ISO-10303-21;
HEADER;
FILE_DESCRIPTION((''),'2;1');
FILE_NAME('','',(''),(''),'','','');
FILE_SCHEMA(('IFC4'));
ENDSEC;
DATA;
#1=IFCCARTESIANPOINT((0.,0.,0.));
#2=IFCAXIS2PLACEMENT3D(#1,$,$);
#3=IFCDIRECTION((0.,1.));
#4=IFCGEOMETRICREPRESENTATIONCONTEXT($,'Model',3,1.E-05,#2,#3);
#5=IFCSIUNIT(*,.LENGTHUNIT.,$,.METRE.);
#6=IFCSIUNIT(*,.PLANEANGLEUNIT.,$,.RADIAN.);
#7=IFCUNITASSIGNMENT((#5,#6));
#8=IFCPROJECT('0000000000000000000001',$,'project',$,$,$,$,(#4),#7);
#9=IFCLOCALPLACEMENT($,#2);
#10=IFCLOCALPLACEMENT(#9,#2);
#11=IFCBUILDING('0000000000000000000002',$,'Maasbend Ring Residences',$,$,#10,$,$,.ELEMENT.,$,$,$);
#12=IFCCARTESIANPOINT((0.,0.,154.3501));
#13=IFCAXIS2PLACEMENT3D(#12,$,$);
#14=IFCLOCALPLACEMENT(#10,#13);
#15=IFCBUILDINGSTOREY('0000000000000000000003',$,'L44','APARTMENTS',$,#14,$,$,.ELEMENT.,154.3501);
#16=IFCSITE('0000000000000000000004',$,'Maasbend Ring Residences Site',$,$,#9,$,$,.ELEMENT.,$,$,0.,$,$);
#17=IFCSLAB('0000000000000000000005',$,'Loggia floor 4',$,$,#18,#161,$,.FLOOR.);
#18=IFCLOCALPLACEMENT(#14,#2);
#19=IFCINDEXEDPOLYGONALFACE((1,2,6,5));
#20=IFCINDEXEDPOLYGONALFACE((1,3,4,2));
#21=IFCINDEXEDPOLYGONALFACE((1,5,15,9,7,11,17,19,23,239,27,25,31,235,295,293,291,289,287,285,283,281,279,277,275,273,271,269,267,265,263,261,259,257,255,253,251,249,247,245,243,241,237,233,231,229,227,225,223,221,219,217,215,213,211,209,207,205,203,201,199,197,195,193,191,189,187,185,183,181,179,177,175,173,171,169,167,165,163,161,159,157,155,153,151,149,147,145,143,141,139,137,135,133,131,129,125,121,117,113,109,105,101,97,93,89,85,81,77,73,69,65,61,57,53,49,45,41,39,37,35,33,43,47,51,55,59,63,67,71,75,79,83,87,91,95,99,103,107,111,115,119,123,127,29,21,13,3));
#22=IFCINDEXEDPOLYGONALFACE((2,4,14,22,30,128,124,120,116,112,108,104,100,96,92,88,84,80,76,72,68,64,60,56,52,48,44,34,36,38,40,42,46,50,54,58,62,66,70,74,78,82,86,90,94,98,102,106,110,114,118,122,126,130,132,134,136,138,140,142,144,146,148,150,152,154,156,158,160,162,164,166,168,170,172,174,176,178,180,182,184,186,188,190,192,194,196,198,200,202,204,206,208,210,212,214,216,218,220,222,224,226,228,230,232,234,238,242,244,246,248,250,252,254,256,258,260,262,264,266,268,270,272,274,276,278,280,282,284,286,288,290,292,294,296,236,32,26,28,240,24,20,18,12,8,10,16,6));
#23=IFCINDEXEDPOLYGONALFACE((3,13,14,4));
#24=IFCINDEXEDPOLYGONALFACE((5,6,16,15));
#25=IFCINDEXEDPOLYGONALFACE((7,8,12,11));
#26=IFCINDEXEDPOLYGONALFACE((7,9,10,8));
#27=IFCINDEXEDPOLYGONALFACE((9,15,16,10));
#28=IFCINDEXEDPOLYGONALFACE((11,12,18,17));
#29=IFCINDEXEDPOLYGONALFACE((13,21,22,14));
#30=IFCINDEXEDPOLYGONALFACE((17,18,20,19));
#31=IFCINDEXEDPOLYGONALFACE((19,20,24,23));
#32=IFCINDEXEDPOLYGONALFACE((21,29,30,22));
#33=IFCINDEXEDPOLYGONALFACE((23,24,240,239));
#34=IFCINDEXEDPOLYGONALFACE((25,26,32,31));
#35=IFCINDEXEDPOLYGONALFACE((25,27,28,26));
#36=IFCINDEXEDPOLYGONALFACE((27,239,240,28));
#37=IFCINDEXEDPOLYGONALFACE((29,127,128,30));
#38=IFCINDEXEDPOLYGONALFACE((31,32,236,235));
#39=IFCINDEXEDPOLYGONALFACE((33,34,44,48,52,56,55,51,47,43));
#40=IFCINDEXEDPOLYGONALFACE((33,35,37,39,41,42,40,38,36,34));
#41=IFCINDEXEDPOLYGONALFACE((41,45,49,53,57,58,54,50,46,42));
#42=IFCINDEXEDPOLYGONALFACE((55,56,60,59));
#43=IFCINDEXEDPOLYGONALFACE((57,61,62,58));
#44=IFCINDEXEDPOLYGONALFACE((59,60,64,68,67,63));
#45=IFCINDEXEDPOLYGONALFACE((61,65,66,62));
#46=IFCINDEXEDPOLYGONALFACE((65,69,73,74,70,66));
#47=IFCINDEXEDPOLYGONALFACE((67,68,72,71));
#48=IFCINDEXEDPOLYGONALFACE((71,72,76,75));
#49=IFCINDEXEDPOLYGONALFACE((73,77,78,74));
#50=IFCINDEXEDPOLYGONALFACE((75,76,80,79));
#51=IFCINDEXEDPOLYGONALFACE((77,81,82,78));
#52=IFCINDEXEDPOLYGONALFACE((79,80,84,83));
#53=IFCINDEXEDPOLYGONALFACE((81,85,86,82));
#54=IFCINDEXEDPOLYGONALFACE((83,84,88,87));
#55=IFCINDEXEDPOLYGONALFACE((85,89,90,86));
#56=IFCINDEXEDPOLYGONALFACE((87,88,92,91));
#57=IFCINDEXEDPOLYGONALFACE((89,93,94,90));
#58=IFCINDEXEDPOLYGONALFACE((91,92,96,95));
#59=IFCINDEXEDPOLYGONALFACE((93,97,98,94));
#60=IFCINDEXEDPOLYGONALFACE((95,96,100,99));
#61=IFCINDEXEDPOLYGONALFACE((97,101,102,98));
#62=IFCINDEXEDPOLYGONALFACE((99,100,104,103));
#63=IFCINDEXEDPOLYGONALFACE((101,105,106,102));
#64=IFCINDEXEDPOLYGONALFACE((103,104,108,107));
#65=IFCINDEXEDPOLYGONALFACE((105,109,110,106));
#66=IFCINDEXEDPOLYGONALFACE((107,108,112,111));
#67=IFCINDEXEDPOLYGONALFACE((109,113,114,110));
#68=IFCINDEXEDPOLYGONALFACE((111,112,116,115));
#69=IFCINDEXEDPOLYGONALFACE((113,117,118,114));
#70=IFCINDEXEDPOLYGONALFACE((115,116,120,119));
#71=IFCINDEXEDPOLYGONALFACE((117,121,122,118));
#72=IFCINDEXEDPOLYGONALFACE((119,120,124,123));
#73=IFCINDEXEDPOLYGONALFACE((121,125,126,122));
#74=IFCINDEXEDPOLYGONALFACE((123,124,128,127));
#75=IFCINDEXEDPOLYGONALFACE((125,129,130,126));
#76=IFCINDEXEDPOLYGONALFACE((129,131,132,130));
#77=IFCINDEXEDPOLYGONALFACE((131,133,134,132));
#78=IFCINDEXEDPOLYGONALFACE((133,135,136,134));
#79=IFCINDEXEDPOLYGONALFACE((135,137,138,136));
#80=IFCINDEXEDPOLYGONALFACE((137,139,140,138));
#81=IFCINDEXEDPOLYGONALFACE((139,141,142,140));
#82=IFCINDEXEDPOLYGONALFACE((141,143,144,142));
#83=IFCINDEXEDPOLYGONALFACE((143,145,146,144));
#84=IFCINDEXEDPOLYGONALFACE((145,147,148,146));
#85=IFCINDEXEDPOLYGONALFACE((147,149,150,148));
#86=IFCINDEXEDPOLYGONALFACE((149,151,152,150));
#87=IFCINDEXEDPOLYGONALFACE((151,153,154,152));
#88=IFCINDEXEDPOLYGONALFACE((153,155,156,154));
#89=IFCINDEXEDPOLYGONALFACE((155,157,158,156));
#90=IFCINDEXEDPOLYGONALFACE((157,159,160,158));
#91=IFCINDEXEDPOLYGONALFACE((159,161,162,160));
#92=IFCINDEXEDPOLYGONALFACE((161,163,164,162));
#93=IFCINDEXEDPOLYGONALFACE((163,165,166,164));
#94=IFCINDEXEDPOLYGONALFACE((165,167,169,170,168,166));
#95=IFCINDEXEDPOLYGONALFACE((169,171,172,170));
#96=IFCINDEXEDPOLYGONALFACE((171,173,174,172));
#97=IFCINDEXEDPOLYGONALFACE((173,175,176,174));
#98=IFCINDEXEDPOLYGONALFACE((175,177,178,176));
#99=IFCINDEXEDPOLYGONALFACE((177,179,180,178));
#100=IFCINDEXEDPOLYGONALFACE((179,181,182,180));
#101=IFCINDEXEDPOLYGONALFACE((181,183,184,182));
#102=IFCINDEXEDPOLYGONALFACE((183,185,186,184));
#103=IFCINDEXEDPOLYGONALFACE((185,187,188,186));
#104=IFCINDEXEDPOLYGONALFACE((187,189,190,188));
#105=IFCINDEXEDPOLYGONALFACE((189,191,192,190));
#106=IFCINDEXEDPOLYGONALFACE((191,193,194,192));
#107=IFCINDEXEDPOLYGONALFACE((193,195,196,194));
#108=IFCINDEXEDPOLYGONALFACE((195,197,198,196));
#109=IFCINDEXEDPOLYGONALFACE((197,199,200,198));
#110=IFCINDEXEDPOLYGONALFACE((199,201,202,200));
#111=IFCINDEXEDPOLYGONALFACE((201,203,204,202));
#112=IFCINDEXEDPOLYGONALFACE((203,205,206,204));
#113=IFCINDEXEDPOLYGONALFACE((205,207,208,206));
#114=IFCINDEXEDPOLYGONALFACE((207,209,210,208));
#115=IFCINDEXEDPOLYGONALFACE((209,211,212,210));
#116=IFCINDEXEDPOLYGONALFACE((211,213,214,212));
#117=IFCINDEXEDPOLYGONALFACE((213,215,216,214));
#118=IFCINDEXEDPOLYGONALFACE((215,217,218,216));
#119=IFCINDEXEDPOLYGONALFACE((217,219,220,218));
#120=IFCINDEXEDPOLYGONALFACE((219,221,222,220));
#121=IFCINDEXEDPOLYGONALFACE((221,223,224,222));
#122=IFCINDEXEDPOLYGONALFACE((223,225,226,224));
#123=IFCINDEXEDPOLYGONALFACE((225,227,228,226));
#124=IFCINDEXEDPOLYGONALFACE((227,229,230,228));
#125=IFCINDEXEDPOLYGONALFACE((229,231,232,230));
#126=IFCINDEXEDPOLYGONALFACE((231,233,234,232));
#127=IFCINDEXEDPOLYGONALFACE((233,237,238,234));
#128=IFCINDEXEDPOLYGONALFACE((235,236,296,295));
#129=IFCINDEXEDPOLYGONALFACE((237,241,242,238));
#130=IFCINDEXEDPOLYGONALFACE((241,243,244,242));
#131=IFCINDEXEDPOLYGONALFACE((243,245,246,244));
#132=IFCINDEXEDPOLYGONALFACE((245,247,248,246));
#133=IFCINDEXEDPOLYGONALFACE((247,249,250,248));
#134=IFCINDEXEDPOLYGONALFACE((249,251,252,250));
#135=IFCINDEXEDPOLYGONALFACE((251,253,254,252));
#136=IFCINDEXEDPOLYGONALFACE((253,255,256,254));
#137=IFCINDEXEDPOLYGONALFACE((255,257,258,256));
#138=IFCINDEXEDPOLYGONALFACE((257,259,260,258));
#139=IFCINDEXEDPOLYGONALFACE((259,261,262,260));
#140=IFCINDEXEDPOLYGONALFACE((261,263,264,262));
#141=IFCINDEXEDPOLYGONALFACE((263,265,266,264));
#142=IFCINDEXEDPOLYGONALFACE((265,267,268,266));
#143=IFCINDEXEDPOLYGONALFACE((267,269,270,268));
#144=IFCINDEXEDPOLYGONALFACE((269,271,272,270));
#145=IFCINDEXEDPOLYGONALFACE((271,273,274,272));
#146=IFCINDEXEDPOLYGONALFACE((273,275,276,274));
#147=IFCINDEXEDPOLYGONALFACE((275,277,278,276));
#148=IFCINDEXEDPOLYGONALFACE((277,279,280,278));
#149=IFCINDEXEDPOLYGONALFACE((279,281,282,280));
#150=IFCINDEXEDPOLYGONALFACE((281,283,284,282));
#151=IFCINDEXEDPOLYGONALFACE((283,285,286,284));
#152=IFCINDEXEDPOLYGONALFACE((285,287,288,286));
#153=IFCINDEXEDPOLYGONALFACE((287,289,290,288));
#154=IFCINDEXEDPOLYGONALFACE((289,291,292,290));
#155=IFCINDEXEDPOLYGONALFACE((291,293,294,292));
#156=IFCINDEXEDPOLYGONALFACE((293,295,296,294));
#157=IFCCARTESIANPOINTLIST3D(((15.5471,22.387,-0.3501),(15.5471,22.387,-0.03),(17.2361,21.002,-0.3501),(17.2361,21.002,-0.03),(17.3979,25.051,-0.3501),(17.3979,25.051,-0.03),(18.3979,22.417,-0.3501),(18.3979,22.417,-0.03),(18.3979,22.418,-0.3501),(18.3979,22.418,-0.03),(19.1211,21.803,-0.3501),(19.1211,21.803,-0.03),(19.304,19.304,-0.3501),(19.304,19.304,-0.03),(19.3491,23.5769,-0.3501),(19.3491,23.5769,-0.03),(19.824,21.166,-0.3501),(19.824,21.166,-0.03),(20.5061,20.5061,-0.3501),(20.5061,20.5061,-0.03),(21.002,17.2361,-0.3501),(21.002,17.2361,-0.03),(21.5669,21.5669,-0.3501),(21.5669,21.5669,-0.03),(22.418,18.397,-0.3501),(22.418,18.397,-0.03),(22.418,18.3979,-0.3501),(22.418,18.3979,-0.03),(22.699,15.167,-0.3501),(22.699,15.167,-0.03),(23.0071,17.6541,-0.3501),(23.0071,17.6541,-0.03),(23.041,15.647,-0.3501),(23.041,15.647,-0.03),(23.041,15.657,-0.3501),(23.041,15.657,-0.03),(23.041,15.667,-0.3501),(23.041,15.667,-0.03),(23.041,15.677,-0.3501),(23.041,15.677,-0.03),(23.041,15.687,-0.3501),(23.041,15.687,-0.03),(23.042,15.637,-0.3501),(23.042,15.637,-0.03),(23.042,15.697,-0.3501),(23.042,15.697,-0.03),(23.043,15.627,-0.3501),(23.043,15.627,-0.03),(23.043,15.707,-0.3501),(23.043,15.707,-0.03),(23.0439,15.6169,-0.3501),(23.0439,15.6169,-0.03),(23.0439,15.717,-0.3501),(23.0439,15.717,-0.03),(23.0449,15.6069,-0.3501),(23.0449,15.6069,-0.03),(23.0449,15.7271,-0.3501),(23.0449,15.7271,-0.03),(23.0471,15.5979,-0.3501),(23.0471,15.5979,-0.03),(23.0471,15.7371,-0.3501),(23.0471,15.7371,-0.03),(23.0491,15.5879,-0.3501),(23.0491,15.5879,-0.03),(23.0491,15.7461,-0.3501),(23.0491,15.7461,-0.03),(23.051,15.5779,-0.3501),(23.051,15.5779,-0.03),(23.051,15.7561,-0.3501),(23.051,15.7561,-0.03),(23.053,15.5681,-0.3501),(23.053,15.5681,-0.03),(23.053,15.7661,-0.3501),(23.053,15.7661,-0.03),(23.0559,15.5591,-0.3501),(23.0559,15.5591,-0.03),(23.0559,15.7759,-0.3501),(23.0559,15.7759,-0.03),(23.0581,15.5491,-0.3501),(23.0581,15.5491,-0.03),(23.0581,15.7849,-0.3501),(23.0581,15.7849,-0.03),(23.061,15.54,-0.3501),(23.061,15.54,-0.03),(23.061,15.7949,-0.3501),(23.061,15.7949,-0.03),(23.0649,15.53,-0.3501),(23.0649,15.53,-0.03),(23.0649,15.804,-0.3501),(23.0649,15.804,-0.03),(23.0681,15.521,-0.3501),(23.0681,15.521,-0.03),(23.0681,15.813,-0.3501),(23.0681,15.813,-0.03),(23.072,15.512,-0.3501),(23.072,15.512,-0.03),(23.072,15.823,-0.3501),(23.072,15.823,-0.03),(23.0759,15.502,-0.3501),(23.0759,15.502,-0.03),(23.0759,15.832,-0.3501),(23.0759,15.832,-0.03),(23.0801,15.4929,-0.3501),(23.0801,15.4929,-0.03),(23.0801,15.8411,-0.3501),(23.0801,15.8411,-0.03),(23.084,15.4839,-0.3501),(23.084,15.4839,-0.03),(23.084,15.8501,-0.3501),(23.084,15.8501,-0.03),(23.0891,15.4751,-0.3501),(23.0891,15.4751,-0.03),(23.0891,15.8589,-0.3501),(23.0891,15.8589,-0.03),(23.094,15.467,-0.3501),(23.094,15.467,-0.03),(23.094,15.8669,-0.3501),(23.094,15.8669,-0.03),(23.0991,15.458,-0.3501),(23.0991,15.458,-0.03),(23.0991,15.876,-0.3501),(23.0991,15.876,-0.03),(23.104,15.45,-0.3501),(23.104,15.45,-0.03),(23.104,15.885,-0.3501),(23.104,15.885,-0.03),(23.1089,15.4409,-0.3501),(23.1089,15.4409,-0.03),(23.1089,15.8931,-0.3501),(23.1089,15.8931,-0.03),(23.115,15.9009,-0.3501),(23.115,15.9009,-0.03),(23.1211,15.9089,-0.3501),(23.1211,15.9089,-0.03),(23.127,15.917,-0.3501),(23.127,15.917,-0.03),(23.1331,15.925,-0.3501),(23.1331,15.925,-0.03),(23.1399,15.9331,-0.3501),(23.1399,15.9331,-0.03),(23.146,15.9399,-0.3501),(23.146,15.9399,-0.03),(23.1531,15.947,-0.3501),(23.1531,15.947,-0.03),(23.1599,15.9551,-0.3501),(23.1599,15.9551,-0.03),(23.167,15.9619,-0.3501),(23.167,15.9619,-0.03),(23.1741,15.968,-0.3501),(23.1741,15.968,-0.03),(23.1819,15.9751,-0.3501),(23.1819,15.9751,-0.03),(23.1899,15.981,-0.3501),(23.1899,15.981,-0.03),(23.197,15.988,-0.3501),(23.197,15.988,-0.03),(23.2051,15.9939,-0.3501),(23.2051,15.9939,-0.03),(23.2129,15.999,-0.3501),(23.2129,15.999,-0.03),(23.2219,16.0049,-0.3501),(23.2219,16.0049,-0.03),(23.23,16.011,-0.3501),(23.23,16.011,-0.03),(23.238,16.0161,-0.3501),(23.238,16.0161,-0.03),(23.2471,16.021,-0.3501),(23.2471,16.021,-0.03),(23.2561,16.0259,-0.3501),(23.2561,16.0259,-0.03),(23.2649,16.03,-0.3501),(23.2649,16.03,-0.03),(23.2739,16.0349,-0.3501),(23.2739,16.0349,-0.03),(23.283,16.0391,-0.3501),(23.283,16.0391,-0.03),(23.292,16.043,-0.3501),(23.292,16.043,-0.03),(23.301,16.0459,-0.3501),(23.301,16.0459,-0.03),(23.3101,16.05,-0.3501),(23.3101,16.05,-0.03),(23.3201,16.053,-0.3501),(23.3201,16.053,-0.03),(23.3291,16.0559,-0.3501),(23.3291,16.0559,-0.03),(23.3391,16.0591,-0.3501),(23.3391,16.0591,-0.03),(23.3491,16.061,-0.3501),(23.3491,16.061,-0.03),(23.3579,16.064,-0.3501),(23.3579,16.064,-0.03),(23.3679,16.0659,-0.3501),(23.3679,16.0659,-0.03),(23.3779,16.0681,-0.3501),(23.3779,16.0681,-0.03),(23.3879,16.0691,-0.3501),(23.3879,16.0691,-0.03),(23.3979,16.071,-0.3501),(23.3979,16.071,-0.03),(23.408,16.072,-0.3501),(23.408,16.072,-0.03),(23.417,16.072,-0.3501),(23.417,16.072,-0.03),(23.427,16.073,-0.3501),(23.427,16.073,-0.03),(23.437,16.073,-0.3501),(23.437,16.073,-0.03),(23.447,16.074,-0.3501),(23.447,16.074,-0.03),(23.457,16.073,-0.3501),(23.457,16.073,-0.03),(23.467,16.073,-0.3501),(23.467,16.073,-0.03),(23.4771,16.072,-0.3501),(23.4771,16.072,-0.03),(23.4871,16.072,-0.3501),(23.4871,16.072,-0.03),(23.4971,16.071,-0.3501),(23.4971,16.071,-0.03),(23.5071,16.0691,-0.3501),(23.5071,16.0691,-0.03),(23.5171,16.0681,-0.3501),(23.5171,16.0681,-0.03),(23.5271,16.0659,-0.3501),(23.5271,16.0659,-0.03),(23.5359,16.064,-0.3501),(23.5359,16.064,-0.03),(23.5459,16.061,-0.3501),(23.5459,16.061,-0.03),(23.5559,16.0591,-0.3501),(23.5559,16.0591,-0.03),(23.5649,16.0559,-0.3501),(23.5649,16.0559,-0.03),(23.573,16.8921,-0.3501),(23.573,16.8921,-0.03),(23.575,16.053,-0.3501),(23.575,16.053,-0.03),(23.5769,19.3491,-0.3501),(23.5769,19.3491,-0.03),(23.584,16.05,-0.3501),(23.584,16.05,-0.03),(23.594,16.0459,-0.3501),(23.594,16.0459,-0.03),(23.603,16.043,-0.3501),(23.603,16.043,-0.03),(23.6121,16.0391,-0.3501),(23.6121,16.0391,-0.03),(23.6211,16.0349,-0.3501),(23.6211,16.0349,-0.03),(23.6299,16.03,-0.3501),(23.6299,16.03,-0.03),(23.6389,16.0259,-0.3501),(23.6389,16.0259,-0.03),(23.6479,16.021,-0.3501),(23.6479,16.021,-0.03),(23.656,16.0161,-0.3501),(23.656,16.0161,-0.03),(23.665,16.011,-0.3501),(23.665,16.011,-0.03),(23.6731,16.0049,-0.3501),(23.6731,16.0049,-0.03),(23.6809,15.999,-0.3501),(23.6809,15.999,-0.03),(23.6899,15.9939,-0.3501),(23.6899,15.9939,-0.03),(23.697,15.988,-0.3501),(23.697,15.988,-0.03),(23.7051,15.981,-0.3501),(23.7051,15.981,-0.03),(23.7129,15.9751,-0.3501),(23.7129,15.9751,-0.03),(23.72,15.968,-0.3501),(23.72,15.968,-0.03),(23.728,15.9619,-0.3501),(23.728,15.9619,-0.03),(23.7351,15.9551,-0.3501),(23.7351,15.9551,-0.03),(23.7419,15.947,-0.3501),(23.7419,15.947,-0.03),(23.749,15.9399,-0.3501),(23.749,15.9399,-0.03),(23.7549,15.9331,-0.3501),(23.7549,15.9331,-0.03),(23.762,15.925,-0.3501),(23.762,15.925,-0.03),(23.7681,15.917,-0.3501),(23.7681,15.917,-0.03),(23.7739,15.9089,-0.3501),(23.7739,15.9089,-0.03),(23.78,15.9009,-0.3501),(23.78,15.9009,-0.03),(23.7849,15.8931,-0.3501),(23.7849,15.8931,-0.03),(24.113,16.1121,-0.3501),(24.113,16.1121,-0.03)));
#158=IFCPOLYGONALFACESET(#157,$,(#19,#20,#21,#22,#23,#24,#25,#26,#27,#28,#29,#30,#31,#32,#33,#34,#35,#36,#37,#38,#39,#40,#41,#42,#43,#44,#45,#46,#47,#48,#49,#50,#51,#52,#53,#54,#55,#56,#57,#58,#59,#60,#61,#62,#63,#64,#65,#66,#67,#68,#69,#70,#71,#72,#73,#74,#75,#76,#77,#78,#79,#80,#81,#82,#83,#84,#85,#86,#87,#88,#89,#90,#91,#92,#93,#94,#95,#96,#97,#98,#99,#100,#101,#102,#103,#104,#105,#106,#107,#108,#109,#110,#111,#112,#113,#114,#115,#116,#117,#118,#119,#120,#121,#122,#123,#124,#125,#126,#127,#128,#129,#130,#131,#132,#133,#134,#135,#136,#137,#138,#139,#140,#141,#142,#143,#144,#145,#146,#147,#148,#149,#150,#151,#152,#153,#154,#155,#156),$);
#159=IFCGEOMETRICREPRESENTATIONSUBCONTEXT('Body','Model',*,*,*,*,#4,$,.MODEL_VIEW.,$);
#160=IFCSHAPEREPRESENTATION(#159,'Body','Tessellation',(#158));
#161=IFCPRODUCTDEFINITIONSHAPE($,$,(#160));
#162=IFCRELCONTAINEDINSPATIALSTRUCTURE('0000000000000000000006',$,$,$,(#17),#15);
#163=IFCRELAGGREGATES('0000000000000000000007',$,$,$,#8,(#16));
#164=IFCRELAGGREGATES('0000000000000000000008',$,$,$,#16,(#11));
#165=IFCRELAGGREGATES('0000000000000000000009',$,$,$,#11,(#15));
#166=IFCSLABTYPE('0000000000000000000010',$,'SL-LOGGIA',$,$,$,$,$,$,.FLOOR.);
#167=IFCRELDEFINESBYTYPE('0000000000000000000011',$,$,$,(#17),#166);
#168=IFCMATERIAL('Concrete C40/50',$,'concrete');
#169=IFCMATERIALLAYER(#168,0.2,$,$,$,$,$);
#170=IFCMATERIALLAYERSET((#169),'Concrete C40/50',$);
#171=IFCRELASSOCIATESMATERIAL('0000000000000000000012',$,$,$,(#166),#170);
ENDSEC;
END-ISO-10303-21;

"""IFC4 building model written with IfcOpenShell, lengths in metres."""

from ifc_helpers import new_model, si_unit, direction, frame, origin, place, context, subcontext, project, spatial, polyline, outline, extrude, material, layer, layer_set, type_object, element, save


model = new_model("IFC4")

# Units and contexts
model_context = context("Model", 3, precision=1e-05, world=origin(), true_north=direction((0.0, 1.0)))
body_context = subcontext(model_context, "Body", "Model", "MODEL_VIEW")
ifc_project = project(units=[si_unit("LENGTHUNIT", "METRE"), si_unit("PLANEANGLEUNIT", "RADIAN")], contexts=[model_context])

# Site, building, storey
site_placement = place(None, origin())
site = spatial("IfcSite", under=ifc_project, at=site_placement, Name="Maasbend Ring Residences Site", CompositionType="ELEMENT", RefElevation=0.0)
building_placement = place(site_placement, origin())
building = spatial("IfcBuilding", under=site, at=building_placement, Name="Maasbend Ring Residences", CompositionType="ELEMENT")
storey_placement = place(building_placement, frame((0.0, 0.0, 154.3501)))
storey = spatial("IfcBuildingStorey", under=building, at=storey_placement, Name="L44", Description="APARTMENTS", CompositionType="ELEMENT", Elevation=154.3501)

# Slab
ifc_material_1 = material(Name="Concrete C40/50", Category="concrete")
ifc_layer_1 = layer(ifc_material_1, 0.2)
ifc_layer_set_1 = layer_set([ifc_layer_1], Name="Concrete C40/50")
slab_type_1 = type_object("IfcSlabType", Name="SL-LOGGIA", PredefinedType="FLOOR", material=ifc_layer_set_1)
slab_1_placement = place(storey_placement, frame((0.0, 0.0, -0.3501)))
element("IfcSlab", 1, at=slab_1_placement, inside=storey, type_object=slab_type_1, Name="Loggia floor 4", PredefinedType="FLOOR", context=body_context, shape_type="SweptSolid", body=[
    extrude(outline(polyline([(19.3491, 23.5769), (19.3491, 23.5769), (19.3491, 23.5769), (18.3979, 22.418), (18.3979, 22.418), (18.3979, 22.418), (18.3979, 22.418), (18.3979, 22.418), (18.3979, 22.417), (18.3979, 22.417), (18.3979, 22.417), (18.3979, 22.417), (18.3979, 22.417), (18.3979, 22.417), (18.3979, 22.417), (18.3979, 22.417), (18.3979, 22.417), (18.3979, 22.417), (18.3979, 22.417), (18.3979, 22.417), (19.1211, 21.803), (19.1211, 21.803), (19.824, 21.166), (19.824, 21.166), (20.5061, 20.5061), (20.5061, 20.5061), (20.5061, 20.5061), (20.5061, 20.5061), (20.5061, 20.5061), (20.5061, 20.5061), (20.5061, 20.5061), (20.5061, 20.5061), (20.5061, 20.5061), (20.5061, 20.5061), (20.5061, 20.5061), (20.5061, 20.5061), (20.5061, 20.5061), (20.5061, 20.5061), (20.5061, 20.5061), (20.5061, 20.5061), (20.5061, 20.5061), (21.5669, 21.5669), (21.5669, 21.5669), (21.5669, 21.5669), (23.5769, 19.3491), (23.5769, 19.3491), (23.5769, 19.3491), (22.418, 18.3979), (22.418, 18.3979), (22.418, 18.3979), (22.418, 18.3979), (22.418, 18.3979), (22.418, 18.3979), (22.418, 18.397), (22.418, 18.397), (22.418, 18.397), (22.418, 18.397), (22.418, 18.397), (22.418, 18.397), (22.418, 18.397), (22.418, 18.397), (22.418, 18.397), (22.418, 18.397), (22.418, 18.397), (23.0071, 17.6541), (23.0071, 17.6541), (23.573, 16.8921), (23.573, 16.8921), (24.113, 16.1121), (24.113, 16.1121), (24.113, 16.1121), (23.7849, 15.8931), (23.7849, 15.8931), (23.78, 15.9009), (23.7739, 15.9089), (23.7681, 15.917), (23.762, 15.925), (23.7549, 15.9331), (23.749, 15.9399), (23.7419, 15.947), (23.7351, 15.9551), (23.728, 15.9619), (23.72, 15.968), (23.7129, 15.9751), (23.7051, 15.981), (23.697, 15.988), (23.6899, 15.9939), (23.6809, 15.999), (23.6731, 16.0049), (23.665, 16.011), (23.656, 16.0161), (23.6479, 16.021), (23.6389, 16.0259), (23.6299, 16.03), (23.6211, 16.0349), (23.6121, 16.0391), (23.603, 16.043), (23.594, 16.0459), (23.584, 16.05), (23.575, 16.053), (23.5649, 16.0559), (23.5559, 16.0591), (23.5459, 16.061), (23.5359, 16.064), (23.5271, 16.0659), (23.5171, 16.0681), (23.5071, 16.0691), (23.4971, 16.071), (23.4871, 16.072), (23.4771, 16.072), (23.467, 16.073), (23.457, 16.073), (23.447, 16.074), (23.437, 16.073), (23.427, 16.073), (23.417, 16.072), (23.408, 16.072), (23.3979, 16.071), (23.3879, 16.0691), (23.3779, 16.0681), (23.3679, 16.0659), (23.3579, 16.064), (23.3491, 16.061), (23.3391, 16.0591), (23.3291, 16.0559), (23.3201, 16.053), (23.3101, 16.05), (23.301, 16.0459), (23.292, 16.043), (23.283, 16.0391), (23.2739, 16.0349), (23.2649, 16.03), (23.2561, 16.0259), (23.2471, 16.021), (23.238, 16.0161), (23.23, 16.011), (23.2219, 16.0049), (23.2129, 15.999), (23.2051, 15.9939), (23.197, 15.988), (23.1899, 15.981), (23.1819, 15.9751), (23.1741, 15.968), (23.167, 15.9619), (23.1599, 15.9551), (23.1531, 15.947), (23.146, 15.9399), (23.1399, 15.9331), (23.1331, 15.925), (23.127, 15.917), (23.1211, 15.9089), (23.115, 15.9009), (23.1089, 15.8931), (23.104, 15.885), (23.0991, 15.876), (23.094, 15.8669), (23.0891, 15.8589), (23.084, 15.8501), (23.0801, 15.8411), (23.0759, 15.832), (23.072, 15.823), (23.0681, 15.813), (23.0649, 15.804), (23.061, 15.7949), (23.0581, 15.7849), (23.0559, 15.7759), (23.053, 15.7661), (23.051, 15.7561), (23.0491, 15.7461), (23.0471, 15.7371), (23.0449, 15.7271), (23.0439, 15.717), (23.043, 15.707), (23.042, 15.697), (23.041, 15.687), (23.041, 15.677), (23.041, 15.667), (23.041, 15.657), (23.041, 15.647), (23.042, 15.637), (23.043, 15.627), (23.0439, 15.6169), (23.0449, 15.6069), (23.0471, 15.5979), (23.0491, 15.5879), (23.051, 15.5779), (23.053, 15.5681), (23.0559, 15.5591), (23.0581, 15.5491), (23.061, 15.54), (23.0649, 15.53), (23.0681, 15.521), (23.072, 15.512), (23.0759, 15.502), (23.0801, 15.4929), (23.084, 15.4839), (23.0891, 15.4751), (23.094, 15.467), (23.0991, 15.458), (23.104, 15.45), (23.1089, 15.4409), (23.1089, 15.4409), (22.699, 15.167), (22.699, 15.167), (22.699, 15.167), (21.002, 17.2361), (19.304, 19.304), (19.304, 19.304), (19.304, 19.304), (17.2361, 21.002), (15.5471, 22.387), (15.5471, 22.387), (15.5471, 22.387), (17.3979, 25.051), (17.3979, 25.051), (17.3979, 25.051), (19.3491, 23.5769)])), origin(), (0.0, 0.0, 1.0), 0.3201),
])

save(model, "model.ifc")
